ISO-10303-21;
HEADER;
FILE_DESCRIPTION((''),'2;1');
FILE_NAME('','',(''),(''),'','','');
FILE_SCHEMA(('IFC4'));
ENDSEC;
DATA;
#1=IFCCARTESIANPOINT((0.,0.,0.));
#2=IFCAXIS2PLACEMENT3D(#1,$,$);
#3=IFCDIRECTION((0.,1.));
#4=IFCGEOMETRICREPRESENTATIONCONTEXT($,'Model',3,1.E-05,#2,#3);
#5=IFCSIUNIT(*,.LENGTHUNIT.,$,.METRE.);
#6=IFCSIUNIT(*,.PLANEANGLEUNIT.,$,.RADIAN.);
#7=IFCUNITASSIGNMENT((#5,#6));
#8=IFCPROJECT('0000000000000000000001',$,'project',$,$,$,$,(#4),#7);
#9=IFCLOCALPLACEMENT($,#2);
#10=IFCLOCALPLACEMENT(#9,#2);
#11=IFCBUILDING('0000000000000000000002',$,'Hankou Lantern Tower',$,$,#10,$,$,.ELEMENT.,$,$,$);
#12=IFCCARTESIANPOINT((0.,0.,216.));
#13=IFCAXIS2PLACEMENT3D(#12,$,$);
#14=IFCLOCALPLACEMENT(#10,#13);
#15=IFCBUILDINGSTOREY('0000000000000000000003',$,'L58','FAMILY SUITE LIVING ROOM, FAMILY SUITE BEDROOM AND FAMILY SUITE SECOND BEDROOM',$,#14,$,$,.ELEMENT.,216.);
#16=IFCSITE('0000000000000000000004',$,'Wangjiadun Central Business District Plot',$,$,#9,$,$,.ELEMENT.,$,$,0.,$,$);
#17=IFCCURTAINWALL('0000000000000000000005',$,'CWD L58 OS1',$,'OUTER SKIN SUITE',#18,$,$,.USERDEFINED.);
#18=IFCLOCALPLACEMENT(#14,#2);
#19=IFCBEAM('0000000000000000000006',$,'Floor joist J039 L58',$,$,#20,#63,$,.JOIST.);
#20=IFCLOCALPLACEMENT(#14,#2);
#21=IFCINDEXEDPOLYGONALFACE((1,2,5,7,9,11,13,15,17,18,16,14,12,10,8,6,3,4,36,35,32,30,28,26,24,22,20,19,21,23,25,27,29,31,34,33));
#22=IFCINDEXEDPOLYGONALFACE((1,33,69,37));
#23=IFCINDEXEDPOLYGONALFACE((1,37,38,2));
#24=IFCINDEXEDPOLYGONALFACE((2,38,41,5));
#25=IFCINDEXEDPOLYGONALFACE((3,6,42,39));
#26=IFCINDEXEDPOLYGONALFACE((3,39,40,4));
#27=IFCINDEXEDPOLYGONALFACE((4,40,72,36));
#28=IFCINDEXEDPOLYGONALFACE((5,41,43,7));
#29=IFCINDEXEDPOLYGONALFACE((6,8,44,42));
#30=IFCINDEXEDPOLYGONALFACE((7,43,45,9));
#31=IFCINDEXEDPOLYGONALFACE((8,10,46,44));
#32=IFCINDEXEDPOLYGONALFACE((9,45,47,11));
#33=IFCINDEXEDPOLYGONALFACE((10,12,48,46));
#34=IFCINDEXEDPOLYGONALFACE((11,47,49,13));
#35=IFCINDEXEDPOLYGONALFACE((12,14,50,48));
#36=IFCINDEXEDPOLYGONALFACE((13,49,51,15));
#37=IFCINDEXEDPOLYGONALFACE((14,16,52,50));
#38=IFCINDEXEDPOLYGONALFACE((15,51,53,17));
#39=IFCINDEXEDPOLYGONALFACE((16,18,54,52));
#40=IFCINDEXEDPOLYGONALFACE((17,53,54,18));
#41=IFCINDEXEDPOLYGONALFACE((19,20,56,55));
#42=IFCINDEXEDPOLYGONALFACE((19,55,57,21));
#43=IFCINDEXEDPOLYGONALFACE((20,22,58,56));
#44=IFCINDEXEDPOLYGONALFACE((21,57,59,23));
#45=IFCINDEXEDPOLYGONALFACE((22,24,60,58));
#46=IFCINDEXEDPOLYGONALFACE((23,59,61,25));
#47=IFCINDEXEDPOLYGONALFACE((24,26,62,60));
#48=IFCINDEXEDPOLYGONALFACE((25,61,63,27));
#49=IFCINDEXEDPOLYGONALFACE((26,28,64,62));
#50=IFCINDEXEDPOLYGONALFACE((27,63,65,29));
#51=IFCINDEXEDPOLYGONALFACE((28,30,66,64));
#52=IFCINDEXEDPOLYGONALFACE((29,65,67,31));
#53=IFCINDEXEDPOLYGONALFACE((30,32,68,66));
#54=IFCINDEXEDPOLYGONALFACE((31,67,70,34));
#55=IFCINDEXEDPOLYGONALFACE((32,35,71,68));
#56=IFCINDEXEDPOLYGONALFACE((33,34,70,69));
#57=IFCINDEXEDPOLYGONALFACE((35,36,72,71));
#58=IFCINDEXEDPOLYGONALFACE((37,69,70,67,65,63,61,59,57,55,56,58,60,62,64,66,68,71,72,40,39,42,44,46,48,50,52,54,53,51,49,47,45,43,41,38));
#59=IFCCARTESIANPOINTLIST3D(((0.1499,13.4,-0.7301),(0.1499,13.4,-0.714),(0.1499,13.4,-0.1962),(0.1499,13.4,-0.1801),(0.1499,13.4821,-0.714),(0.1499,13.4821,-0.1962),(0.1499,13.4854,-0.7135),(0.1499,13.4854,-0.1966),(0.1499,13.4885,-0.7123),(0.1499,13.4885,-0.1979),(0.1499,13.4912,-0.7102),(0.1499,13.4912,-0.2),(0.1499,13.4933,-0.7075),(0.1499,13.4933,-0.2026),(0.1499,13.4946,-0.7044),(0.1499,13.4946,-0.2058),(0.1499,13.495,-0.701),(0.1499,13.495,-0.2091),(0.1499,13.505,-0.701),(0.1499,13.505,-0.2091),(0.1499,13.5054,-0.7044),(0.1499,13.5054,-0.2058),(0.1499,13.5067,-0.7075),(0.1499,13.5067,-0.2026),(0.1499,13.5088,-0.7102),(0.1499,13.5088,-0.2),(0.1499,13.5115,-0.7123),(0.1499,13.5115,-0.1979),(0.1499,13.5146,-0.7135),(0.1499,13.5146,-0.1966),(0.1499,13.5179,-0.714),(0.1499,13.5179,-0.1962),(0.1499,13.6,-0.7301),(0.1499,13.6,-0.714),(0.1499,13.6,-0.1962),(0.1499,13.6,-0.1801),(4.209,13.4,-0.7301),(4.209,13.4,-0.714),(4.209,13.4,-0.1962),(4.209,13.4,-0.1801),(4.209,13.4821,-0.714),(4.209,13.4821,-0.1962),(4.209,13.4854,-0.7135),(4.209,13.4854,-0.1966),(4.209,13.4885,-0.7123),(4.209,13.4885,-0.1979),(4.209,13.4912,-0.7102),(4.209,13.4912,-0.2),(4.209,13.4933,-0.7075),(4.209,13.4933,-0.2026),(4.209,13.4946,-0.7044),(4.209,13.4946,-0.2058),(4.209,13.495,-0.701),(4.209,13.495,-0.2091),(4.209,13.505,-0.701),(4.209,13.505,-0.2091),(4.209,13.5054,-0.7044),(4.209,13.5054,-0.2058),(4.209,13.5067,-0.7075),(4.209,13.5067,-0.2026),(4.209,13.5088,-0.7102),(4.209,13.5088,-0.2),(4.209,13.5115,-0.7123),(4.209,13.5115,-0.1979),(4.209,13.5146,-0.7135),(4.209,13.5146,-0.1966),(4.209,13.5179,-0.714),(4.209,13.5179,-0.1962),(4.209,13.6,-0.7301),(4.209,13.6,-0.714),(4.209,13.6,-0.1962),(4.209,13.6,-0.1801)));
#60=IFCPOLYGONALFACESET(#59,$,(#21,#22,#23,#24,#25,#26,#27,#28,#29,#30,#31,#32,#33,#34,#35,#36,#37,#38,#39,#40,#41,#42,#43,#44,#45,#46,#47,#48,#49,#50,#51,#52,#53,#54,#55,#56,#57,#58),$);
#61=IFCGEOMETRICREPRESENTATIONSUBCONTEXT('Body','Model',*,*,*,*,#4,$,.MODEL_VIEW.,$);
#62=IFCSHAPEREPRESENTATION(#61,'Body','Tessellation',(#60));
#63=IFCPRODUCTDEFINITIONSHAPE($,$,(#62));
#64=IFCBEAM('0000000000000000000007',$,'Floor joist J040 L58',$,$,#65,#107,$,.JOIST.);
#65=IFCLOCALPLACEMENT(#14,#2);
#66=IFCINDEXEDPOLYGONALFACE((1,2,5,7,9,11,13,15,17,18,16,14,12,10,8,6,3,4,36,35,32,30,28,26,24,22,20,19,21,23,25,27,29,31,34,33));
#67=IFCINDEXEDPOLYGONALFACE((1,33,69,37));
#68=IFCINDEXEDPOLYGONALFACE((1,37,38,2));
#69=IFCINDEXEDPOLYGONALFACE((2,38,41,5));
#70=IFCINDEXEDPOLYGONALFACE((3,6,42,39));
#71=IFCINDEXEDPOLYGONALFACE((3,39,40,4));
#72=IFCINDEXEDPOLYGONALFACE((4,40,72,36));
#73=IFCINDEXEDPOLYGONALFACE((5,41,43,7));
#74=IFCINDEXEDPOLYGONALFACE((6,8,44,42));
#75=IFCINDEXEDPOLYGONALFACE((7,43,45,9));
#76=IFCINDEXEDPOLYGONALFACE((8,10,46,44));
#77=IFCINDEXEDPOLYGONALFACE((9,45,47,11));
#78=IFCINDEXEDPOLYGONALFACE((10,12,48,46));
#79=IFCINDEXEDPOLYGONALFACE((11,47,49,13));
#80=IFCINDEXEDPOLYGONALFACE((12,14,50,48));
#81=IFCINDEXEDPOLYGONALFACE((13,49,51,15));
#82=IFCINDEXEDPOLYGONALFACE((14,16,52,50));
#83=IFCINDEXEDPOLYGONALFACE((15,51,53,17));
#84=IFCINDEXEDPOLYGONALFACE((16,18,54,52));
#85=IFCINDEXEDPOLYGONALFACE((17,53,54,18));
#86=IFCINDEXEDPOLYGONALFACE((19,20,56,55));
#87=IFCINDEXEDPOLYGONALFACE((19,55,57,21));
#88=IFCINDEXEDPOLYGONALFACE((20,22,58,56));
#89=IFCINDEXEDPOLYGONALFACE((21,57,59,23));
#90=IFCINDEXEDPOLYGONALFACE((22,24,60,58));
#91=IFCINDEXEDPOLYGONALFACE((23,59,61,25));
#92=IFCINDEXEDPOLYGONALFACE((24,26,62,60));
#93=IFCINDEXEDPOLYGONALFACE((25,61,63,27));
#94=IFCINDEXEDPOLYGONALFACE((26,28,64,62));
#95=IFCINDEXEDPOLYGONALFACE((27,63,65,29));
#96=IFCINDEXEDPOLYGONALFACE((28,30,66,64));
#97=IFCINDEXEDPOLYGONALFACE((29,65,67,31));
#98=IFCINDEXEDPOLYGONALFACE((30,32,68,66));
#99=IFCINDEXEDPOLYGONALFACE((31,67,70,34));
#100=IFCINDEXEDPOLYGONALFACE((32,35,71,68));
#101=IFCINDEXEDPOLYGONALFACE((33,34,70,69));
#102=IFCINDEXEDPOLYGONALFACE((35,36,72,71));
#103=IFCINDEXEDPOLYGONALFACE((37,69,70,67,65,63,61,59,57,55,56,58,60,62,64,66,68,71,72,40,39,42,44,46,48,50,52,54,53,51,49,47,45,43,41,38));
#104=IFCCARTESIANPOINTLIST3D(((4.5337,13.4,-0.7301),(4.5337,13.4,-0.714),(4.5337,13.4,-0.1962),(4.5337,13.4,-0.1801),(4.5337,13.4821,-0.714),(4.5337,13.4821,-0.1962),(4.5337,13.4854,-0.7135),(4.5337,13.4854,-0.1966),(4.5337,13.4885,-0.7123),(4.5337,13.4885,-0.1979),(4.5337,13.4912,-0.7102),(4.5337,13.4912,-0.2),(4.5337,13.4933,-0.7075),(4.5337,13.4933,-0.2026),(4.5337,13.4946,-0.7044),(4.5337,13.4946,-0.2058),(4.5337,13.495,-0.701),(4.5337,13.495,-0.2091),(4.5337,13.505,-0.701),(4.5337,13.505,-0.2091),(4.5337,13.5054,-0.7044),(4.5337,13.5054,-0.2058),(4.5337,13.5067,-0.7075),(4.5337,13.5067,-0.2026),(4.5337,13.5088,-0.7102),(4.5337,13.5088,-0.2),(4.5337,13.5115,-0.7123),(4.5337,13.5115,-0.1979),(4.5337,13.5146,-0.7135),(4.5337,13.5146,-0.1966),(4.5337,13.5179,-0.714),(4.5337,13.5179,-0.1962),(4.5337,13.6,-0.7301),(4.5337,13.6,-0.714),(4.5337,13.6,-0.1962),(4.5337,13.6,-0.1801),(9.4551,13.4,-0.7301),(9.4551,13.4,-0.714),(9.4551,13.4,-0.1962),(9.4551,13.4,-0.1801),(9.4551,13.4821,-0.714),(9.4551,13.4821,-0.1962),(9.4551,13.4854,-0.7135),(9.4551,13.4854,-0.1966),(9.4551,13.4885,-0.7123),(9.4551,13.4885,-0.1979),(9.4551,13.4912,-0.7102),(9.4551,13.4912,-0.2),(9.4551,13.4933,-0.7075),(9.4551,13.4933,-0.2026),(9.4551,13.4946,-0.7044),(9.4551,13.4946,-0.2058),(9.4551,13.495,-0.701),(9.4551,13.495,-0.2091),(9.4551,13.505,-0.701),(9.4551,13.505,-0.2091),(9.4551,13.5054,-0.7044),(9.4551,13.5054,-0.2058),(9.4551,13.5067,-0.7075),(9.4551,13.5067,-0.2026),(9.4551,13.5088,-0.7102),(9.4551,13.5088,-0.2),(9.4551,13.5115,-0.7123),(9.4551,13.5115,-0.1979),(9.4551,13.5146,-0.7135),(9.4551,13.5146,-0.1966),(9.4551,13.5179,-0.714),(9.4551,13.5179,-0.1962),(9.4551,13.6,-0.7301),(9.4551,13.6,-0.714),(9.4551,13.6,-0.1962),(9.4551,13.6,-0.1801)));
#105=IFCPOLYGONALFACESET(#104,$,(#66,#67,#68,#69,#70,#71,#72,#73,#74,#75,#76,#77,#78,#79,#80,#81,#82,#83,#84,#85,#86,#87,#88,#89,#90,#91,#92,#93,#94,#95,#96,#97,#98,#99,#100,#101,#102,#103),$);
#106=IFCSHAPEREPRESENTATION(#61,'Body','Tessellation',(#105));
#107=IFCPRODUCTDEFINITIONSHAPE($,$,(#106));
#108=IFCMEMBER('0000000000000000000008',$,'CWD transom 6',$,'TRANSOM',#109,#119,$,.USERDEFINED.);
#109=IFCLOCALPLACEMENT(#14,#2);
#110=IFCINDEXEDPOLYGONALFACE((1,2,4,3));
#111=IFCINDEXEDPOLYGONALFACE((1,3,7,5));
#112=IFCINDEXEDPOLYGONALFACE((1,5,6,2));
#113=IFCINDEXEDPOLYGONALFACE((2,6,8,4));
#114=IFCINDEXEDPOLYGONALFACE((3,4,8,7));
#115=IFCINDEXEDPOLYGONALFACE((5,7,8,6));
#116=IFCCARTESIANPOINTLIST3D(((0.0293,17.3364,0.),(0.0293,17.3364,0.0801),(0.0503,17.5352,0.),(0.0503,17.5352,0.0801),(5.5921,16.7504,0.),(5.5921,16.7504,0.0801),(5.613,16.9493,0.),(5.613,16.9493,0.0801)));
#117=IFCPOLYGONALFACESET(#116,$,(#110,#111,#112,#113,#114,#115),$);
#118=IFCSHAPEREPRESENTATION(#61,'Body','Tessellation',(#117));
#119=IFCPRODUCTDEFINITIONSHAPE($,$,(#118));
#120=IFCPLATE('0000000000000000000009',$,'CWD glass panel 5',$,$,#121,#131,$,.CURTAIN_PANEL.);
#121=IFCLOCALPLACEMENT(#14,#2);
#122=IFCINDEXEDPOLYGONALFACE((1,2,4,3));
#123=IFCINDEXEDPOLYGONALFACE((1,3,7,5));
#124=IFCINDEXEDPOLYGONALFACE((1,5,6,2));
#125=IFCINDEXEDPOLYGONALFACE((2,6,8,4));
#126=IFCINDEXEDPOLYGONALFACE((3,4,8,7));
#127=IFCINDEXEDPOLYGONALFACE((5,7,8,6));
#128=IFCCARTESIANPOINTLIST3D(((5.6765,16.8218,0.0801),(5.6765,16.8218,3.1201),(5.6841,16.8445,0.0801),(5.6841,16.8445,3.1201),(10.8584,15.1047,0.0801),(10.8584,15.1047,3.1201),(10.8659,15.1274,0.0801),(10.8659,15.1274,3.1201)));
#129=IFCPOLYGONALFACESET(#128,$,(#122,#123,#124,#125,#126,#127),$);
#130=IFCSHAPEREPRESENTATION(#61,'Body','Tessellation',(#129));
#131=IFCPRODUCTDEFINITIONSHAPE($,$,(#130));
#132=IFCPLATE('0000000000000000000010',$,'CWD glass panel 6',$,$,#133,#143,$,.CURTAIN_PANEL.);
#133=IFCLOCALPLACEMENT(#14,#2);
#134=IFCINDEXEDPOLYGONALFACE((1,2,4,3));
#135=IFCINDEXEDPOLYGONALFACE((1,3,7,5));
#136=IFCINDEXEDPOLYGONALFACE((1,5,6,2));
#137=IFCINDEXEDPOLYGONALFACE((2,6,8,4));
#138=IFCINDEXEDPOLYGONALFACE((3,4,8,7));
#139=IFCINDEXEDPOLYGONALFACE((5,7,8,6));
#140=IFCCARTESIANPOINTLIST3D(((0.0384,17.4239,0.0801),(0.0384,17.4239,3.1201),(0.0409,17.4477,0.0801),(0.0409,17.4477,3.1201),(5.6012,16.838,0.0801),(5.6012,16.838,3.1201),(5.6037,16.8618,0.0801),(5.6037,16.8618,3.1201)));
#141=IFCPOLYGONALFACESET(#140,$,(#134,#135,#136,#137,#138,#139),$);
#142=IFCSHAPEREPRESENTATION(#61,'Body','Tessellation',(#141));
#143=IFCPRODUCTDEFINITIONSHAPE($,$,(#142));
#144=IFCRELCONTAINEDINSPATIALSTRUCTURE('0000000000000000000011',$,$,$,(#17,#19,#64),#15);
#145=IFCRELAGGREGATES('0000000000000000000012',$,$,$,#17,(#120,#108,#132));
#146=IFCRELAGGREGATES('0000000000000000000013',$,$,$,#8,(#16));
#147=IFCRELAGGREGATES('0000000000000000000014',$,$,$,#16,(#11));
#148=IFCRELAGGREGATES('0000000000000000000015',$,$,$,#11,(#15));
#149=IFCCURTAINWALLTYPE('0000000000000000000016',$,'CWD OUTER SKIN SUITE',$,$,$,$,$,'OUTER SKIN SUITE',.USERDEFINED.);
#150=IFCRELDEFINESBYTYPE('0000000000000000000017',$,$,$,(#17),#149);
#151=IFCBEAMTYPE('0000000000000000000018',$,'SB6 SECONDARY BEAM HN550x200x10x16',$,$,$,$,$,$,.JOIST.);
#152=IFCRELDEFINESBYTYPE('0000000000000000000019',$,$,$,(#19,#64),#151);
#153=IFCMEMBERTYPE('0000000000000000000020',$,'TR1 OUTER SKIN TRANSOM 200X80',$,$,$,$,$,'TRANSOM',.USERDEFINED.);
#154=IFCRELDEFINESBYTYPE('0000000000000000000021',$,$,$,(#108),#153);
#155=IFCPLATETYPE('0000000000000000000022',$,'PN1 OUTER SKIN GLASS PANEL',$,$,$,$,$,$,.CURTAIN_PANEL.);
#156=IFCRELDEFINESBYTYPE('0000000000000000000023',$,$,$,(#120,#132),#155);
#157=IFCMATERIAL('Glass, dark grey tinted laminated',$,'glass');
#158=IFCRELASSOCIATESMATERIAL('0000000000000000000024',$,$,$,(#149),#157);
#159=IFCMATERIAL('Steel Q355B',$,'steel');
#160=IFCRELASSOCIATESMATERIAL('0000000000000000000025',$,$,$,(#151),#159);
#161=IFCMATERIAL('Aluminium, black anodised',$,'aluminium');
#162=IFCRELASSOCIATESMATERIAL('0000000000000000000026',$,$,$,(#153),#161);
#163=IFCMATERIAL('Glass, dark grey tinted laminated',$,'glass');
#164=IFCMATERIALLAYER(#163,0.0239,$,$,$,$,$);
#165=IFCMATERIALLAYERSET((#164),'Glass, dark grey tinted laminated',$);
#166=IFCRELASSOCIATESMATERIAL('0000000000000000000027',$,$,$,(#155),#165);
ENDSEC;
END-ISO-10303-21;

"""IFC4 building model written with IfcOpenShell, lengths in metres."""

from ifc_helpers import new_model, si_unit, direction, frame, origin, origin_2d, place, context, subcontext, project, spatial, rectangle, i_section, extrude, material, layer, layer_set, material_profile, profile_set, type_object, element, aggregate, save


model = new_model("IFC4")

# Units and contexts
model_context = context("Model", 3, precision=1e-05, world=origin(), true_north=direction((0.0, 1.0)))
body_context = subcontext(model_context, "Body", "Model", "MODEL_VIEW")
ifc_project = project(units=[si_unit("LENGTHUNIT", "METRE"), si_unit("PLANEANGLEUNIT", "RADIAN")], contexts=[model_context])

# Site, building, storey
site_placement = place(None, origin())
site = spatial("IfcSite", under=ifc_project, at=site_placement, Name="Wangjiadun Central Business District Plot", CompositionType="ELEMENT", RefElevation=0.0)
building_placement = place(site_placement, origin())
building = spatial("IfcBuilding", under=site, at=building_placement, Name="Hankou Lantern Tower", CompositionType="ELEMENT")
storey_placement = place(building_placement, frame((0.0, 0.0, 216.0)))
storey = spatial("IfcBuildingStorey", under=building, at=storey_placement, Name="L58", Description="FAMILY SUITE LIVING ROOM, FAMILY SUITE BEDROOM AND FAMILY SUITE SECOND BEDROOM", CompositionType="ELEMENT", Elevation=216.0)

# Curtain wall
ifc_material_1 = material(Name="Glass, dark grey tinted laminated", Category="glass")
curtain_wall_type = type_object("IfcCurtainWallType", Name="CWD OUTER SKIN SUITE", ElementType="OUTER SKIN SUITE", PredefinedType="USERDEFINED", material=ifc_material_1)
curtain_wall_1_placement = place(storey_placement, origin())
curtain_wall_1 = element("IfcCurtainWall", 1, at=curtain_wall_1_placement, inside=storey, type_object=curtain_wall_type, Name="CWD L58 OS1", ObjectType="OUTER SKIN SUITE", PredefinedType="USERDEFINED")

# Beams
ifc_material_2 = material(Name="Steel Q355B", Category="steel")
ifc_material_profile_1 = material_profile(ifc_material_2, i_section(OverallWidth=0.2, OverallDepth=0.55, WebThickness=0.01, FlangeThickness=0.0161, FilletRadius=0.0129, at=origin_2d()), Name="HN550x200x10x16")
ifc_profile_set_1 = profile_set([ifc_material_profile_1], Name="Steel Q355B")
beam_type_1 = type_object("IfcBeamType", Name="SB6 SECONDARY BEAM HN550x200x10x16", PredefinedType="JOIST", material=ifc_profile_set_1)
beam_1_placement = place(storey_placement, frame((0.1499, 13.5, -0.4551), z_axis=(1.0, 0.0, 0.0), x_axis=(0.0, 1.0, 0.0)))
element("IfcBeam", 2, at=beam_1_placement, inside=storey, type_object=beam_type_1, Name="Floor joist J039 L58", PredefinedType="JOIST", context=body_context, shape_type="SweptSolid", body=[
    extrude(i_section(OverallWidth=0.2, OverallDepth=0.55, WebThickness=0.01, FlangeThickness=0.0161, FilletRadius=0.0129, at=origin_2d()), origin(), (0.0, 0.0, 1.0), 4.0591),
])
beam_2_placement = place(storey_placement, frame((4.5337, 13.5, -0.4551), z_axis=(1.0, 0.0, 0.0), x_axis=(0.0, 1.0, 0.0)))
element("IfcBeam", 3, at=beam_2_placement, inside=storey, type_object=beam_type_1, Name="Floor joist J040 L58", PredefinedType="JOIST", context=body_context, shape_type="SweptSolid", body=[
    extrude(i_section(OverallWidth=0.2, OverallDepth=0.55, WebThickness=0.01, FlangeThickness=0.0161, FilletRadius=0.0129, at=origin_2d()), origin(), (0.0, 0.0, 1.0), 4.9214),
])

# Member
ifc_material_3 = material(Name="Aluminium, black anodised", Category="aluminium")
ifc_material_profile_2 = material_profile(ifc_material_3, rectangle(XDim=0.2, YDim=0.0801, at=origin_2d()), Name="TR1 200X80")
ifc_profile_set_2 = profile_set([ifc_material_profile_2], Name="Aluminium, black anodised")
member_type_1 = type_object("IfcMemberType", Name="TR1 OUTER SKIN TRANSOM 200X80", ElementType="TRANSOM", PredefinedType="USERDEFINED", material=ifc_profile_set_2)
member_1_placement = place(storey_placement, frame((5.6025, 16.8499, 0.04), z_axis=(-0.994498, 0.104753, 0.0), x_axis=(-0.104753, -0.994498, 0.0)))
member_1 = element("IfcMember", 4, at=member_1_placement, type_object=member_type_1, Name="CWD transom 6", ObjectType="TRANSOM", PredefinedType="USERDEFINED", context=body_context, shape_type="SweptSolid", body=[
    extrude(rectangle(XDim=0.2, YDim=0.0801, at=origin_2d()), origin(), (0.0, 0.0, 1.0), 5.5935),
])

# Plates
ifc_material_4 = material(Name="Glass, dark grey tinted laminated", Category="glass")
ifc_layer_1 = layer(ifc_material_4, 0.0239)
ifc_layer_set_1 = layer_set([ifc_layer_1], Name="Glass, dark grey tinted laminated")
plate_type = type_object("IfcPlateType", Name="PN1 OUTER SKIN GLASS PANEL", PredefinedType="CURTAIN_PANEL", material=ifc_layer_set_1)
plate_1_placement = place(storey_placement, frame((8.2712, 15.9746, 0.0801), z_axis=(0.0, 0.0, 1.0), x_axis=(-0.949241, 0.314551, 0.0)))
plate_1 = element("IfcPlate", 5, at=plate_1_placement, type_object=plate_type, Name="CWD glass panel 5", PredefinedType="CURTAIN_PANEL", context=body_context, shape_type="SweptSolid", body=[
    extrude(rectangle(XDim=5.459, YDim=0.0239, at=origin_2d()), origin(), (0.0, 0.0, 1.0), 3.04),
])
plate_2_placement = place(storey_placement, frame((2.821, 17.1428, 0.0801), z_axis=(0.0, 0.0, 1.0), x_axis=(-0.994499, 0.104743, 0.0)))
plate_2 = element("IfcPlate", 6, at=plate_2_placement, type_object=plate_type, Name="CWD glass panel 6", PredefinedType="CURTAIN_PANEL", context=body_context, shape_type="SweptSolid", body=[
    extrude(rectangle(XDim=5.5935, YDim=0.0239, at=origin_2d()), origin(), (0.0, 0.0, 1.0), 3.04),
])
aggregate(curtain_wall_1, [plate_1, member_1, plate_2])

save(model, "model.ifc")
